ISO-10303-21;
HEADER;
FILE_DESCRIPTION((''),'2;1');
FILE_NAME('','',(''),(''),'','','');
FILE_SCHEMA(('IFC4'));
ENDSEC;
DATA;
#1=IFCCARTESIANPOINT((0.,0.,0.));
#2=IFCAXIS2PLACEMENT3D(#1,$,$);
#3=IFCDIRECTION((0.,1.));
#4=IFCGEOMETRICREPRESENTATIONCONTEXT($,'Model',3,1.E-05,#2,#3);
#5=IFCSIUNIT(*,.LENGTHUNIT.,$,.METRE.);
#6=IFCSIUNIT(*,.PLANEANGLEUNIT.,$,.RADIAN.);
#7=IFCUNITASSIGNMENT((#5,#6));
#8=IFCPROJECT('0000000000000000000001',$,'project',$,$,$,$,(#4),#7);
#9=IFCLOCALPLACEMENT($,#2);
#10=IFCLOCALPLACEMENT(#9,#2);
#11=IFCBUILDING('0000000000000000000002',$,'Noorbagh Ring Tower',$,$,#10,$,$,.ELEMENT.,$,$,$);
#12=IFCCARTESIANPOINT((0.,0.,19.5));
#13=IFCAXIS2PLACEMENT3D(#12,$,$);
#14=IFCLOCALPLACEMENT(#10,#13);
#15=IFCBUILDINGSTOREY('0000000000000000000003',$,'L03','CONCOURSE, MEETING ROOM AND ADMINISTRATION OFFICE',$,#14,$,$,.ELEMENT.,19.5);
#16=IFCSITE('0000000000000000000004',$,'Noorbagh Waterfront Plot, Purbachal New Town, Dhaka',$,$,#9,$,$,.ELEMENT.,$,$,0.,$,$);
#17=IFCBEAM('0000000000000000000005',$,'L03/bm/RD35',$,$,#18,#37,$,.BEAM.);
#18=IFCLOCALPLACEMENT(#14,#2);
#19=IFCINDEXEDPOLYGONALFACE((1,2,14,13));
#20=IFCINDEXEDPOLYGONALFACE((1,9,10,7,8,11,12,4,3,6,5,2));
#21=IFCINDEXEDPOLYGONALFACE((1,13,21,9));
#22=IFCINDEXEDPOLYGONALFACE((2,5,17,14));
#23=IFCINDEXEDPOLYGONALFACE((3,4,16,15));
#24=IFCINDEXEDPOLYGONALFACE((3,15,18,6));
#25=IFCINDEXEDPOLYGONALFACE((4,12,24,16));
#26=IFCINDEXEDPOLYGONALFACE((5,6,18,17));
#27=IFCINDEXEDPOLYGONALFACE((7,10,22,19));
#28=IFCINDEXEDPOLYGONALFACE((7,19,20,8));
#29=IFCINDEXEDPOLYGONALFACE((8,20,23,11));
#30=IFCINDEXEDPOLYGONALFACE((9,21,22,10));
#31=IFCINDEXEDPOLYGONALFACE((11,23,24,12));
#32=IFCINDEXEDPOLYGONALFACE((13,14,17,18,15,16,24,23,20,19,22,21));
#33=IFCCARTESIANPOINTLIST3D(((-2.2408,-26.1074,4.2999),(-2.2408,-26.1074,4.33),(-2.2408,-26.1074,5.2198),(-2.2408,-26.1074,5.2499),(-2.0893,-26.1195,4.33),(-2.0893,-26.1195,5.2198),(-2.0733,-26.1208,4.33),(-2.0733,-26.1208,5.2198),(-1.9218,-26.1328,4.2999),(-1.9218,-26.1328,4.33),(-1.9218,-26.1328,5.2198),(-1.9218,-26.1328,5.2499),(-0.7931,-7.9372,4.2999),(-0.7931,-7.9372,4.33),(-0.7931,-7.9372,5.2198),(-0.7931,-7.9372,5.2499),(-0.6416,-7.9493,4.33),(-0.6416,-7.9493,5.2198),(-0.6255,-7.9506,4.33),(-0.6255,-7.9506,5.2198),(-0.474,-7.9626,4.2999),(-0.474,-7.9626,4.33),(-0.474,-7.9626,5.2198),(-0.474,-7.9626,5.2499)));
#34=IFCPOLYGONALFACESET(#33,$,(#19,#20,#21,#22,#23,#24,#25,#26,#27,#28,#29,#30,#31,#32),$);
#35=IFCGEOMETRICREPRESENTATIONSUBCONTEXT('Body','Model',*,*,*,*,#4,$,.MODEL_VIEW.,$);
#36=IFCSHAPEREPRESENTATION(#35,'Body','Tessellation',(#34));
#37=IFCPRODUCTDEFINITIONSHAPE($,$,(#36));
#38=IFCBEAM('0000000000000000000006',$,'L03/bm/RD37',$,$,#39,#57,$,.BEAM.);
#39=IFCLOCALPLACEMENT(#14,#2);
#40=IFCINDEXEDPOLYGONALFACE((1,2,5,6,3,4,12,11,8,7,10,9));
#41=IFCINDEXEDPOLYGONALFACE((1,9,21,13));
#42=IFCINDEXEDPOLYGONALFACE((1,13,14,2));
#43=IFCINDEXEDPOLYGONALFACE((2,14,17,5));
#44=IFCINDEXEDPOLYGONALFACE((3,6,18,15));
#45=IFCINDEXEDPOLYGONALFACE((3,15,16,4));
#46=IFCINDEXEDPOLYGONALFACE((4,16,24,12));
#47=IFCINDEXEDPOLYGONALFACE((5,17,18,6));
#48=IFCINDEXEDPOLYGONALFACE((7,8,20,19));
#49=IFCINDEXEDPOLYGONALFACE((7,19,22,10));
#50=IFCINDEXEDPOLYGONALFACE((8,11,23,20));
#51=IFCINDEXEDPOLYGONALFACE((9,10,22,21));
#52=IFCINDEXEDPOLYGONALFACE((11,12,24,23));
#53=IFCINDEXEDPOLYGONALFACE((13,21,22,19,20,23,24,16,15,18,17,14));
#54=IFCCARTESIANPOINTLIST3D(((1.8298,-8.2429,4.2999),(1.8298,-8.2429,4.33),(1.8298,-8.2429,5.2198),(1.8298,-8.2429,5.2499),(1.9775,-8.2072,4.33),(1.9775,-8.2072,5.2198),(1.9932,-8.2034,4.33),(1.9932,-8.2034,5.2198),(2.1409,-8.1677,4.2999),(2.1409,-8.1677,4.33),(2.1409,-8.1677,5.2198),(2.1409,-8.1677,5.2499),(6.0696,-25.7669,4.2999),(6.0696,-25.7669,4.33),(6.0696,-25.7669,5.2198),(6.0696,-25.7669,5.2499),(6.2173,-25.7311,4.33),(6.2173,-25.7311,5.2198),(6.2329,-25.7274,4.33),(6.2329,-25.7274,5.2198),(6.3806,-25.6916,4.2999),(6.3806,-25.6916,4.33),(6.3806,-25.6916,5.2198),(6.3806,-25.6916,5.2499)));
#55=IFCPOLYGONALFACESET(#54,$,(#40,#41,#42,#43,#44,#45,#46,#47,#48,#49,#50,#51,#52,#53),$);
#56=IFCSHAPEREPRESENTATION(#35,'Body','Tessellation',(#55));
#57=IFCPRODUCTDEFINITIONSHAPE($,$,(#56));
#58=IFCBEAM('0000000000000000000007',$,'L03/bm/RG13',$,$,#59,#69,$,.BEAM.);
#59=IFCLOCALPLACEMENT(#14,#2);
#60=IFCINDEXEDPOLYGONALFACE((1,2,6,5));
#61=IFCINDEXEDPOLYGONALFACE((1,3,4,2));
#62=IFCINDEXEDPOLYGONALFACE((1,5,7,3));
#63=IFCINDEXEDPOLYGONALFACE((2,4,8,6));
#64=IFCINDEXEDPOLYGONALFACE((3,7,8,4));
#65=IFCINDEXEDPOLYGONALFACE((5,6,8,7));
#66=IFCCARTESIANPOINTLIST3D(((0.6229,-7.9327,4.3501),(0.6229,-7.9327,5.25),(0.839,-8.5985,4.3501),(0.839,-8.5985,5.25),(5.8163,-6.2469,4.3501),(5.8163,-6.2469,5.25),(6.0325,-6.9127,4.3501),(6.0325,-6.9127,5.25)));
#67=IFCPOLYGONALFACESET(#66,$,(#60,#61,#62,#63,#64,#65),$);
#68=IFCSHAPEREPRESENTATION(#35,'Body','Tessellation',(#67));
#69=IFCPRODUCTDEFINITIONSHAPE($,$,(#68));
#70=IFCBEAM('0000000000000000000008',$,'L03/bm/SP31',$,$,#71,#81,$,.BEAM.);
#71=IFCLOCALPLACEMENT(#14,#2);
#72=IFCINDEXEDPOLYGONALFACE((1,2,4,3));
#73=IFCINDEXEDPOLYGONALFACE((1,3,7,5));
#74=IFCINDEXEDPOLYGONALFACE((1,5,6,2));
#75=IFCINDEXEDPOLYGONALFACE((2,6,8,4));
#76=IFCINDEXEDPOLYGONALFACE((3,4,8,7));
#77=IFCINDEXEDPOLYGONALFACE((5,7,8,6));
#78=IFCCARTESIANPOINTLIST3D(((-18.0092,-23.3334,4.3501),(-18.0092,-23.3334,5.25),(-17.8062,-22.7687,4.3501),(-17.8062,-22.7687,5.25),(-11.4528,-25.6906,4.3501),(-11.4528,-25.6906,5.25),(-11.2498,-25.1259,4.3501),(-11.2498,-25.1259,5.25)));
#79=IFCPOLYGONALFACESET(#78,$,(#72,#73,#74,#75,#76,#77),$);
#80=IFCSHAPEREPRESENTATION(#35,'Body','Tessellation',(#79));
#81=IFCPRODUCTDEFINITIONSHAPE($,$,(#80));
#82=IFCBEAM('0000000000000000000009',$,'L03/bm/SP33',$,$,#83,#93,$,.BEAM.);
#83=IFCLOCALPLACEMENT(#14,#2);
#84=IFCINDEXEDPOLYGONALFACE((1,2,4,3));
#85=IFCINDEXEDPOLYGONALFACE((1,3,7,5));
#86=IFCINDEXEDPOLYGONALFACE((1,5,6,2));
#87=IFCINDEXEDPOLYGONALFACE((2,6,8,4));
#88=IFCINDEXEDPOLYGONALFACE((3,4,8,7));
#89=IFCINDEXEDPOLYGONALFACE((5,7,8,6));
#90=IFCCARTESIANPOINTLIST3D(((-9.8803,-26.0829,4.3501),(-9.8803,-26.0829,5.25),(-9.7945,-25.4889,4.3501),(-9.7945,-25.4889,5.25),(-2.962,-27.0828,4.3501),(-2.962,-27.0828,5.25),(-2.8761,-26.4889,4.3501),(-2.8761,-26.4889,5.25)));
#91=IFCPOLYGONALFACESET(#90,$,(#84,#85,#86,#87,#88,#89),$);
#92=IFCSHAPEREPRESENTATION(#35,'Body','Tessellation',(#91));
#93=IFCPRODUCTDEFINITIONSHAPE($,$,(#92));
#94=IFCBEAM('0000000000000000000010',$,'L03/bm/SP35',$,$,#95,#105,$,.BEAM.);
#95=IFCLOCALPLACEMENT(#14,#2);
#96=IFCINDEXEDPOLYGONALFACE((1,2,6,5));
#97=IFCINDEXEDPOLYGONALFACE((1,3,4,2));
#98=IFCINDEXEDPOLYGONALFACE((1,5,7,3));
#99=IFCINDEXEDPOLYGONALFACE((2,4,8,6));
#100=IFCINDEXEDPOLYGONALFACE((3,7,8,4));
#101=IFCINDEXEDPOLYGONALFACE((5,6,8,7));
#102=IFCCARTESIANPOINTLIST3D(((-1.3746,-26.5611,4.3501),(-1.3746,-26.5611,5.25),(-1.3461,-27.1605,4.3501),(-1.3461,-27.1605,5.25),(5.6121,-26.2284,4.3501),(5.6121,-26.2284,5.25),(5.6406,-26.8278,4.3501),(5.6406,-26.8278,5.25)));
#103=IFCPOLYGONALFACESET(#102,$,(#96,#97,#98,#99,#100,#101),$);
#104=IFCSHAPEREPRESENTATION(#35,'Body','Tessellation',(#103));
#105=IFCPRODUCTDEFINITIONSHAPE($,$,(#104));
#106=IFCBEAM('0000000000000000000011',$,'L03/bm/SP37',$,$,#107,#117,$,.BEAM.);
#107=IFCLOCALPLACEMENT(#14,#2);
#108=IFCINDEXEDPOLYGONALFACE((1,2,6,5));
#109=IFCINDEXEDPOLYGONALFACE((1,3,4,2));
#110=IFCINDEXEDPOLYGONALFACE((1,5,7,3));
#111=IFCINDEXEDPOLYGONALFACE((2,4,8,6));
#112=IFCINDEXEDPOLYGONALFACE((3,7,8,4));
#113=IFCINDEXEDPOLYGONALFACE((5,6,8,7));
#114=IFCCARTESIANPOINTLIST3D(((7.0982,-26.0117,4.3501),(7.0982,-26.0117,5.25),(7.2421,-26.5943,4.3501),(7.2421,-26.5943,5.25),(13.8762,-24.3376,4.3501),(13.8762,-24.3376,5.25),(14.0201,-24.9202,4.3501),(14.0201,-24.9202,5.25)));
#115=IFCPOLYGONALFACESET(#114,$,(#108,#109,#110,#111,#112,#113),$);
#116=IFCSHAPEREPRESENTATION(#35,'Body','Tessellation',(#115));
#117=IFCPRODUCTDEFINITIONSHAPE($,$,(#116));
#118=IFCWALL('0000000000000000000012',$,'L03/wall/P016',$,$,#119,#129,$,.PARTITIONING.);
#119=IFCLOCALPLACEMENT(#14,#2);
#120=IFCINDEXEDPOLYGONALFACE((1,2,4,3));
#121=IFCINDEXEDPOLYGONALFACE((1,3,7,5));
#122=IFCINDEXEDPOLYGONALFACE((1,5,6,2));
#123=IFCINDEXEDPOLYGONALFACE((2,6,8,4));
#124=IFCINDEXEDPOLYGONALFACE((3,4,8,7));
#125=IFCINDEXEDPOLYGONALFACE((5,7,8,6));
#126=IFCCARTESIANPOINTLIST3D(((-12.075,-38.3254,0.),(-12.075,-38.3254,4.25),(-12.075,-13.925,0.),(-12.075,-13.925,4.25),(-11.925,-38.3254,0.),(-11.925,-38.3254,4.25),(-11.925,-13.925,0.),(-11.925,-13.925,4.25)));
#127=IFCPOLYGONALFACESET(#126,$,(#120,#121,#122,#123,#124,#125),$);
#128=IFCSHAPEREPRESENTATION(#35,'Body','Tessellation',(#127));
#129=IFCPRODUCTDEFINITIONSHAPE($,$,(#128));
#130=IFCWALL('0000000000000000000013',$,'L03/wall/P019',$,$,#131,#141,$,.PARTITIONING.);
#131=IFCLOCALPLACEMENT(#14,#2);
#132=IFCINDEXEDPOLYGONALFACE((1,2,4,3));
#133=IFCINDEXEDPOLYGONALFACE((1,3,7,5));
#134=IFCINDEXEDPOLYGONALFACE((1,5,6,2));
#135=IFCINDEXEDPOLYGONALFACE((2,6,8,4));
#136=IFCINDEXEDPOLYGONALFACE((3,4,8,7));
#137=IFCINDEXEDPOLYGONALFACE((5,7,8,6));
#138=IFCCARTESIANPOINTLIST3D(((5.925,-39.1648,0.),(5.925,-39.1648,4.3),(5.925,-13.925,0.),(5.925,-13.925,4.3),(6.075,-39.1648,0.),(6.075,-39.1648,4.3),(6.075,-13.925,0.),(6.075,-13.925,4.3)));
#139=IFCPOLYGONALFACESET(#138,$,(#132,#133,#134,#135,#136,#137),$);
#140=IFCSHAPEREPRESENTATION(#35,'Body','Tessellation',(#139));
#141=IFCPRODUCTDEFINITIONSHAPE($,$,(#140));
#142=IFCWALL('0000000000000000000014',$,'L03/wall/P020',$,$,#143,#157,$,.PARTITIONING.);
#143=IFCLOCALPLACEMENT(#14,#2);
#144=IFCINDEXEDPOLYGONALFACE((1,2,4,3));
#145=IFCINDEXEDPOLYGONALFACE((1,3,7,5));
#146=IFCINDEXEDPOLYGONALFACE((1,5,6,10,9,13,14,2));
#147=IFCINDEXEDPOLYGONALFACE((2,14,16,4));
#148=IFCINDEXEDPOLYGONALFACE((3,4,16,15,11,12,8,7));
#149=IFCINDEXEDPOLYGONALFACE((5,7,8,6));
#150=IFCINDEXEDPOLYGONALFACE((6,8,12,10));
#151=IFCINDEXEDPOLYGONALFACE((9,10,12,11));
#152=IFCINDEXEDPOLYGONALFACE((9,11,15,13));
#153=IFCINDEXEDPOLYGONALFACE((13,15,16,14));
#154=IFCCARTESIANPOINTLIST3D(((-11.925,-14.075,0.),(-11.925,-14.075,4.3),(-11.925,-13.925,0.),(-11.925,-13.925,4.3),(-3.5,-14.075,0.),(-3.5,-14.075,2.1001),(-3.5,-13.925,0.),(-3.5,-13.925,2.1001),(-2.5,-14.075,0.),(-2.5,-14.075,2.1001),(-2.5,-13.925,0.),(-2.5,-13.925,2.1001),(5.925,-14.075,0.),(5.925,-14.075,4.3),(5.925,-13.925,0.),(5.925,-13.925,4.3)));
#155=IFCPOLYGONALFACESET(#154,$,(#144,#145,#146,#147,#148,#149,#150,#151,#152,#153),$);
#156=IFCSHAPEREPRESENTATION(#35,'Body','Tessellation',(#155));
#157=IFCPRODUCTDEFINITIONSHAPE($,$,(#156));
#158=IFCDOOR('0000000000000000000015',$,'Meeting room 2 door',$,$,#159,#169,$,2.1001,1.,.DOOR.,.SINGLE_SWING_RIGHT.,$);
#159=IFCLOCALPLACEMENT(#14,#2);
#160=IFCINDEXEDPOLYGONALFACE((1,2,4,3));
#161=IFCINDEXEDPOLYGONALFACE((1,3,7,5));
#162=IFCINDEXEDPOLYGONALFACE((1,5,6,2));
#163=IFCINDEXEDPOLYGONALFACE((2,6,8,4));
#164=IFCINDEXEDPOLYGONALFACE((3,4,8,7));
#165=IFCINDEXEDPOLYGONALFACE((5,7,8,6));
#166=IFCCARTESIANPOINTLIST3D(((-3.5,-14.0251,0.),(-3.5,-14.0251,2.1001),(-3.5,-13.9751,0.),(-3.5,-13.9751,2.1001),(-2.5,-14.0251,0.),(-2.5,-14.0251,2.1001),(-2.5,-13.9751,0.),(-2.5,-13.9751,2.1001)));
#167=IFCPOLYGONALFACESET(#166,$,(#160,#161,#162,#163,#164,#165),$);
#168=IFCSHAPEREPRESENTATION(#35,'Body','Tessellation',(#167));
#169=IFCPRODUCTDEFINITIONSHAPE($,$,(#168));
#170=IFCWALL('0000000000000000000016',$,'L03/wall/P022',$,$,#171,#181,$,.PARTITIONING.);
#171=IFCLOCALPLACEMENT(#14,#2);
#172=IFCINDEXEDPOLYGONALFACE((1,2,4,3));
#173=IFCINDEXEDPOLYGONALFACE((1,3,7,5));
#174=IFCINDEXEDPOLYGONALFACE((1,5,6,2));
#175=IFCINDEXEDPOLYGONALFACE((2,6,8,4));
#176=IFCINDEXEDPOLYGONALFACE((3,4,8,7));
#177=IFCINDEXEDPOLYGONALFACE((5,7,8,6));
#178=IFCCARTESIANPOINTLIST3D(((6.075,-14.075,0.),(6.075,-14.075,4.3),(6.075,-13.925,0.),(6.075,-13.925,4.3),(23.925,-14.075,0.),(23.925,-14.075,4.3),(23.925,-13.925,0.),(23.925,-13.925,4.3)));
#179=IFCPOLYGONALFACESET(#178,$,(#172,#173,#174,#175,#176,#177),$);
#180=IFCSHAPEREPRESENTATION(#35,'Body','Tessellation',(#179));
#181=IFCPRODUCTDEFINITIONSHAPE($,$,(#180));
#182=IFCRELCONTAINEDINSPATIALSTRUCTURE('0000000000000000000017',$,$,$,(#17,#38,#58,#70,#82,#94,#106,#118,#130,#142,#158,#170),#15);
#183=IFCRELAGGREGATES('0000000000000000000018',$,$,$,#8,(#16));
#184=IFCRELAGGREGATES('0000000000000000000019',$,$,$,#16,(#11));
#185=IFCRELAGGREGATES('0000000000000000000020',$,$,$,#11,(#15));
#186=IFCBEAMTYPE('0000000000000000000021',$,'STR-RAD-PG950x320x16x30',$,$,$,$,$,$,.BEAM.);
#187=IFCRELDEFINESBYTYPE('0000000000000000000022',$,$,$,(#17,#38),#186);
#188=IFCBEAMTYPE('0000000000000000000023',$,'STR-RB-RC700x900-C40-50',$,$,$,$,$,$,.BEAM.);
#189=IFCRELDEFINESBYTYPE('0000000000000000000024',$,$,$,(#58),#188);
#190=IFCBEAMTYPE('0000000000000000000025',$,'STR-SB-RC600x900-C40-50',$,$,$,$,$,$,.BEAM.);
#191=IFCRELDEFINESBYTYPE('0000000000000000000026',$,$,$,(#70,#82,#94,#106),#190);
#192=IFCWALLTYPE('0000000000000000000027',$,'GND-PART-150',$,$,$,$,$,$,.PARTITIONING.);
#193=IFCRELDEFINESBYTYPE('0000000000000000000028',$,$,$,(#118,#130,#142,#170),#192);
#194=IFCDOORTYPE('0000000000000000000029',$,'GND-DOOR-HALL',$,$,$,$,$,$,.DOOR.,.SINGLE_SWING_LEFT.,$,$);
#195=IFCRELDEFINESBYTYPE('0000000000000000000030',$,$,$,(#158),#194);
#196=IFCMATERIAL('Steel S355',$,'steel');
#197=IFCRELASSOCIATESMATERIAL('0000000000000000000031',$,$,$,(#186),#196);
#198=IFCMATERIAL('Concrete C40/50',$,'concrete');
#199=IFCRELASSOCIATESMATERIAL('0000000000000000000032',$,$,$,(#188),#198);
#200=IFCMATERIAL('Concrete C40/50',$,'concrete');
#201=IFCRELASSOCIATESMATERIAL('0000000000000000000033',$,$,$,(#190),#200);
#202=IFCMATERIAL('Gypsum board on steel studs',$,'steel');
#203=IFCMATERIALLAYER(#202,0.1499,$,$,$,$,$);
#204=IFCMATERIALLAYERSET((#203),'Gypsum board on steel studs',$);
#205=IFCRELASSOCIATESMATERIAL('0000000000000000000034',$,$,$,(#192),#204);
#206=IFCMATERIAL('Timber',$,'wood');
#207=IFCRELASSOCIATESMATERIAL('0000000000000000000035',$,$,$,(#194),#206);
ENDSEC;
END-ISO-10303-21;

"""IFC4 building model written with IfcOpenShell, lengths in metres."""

from ifc_helpers import new_model, si_unit, direction, frame, frame_2d, origin, origin_2d, place, context, subcontext, project, spatial, rectangle, i_section, extrude, material, layer, layer_set, material_profile, profile_set, type_object, element, fill, save


model = new_model("IFC4")

# Units and contexts
model_context = context("Model", 3, precision=1e-05, world=origin(), true_north=direction((0.0, 1.0)))
body_context = subcontext(model_context, "Body", "Model", "MODEL_VIEW")
ifc_project = project(units=[si_unit("LENGTHUNIT", "METRE"), si_unit("PLANEANGLEUNIT", "RADIAN")], contexts=[model_context])

# Site, building, storey
site_placement = place(None, origin())
site = spatial("IfcSite", under=ifc_project, at=site_placement, Name="Noorbagh Waterfront Plot, Purbachal New Town, Dhaka", CompositionType="ELEMENT", RefElevation=0.0)
building_placement = place(site_placement, origin())
building = spatial("IfcBuilding", under=site, at=building_placement, Name="Noorbagh Ring Tower", CompositionType="ELEMENT")
storey_placement = place(building_placement, frame((0.0, 0.0, 19.5)))
storey = spatial("IfcBuildingStorey", under=building, at=storey_placement, Name="L03", Description="CONCOURSE, MEETING ROOM AND ADMINISTRATION OFFICE", CompositionType="ELEMENT", Elevation=19.5)

# Beams
ifc_material_1 = material(Name="Steel S355", Category="steel")
ifc_material_profile_1 = material_profile(ifc_material_1, i_section(OverallWidth=0.3201, OverallDepth=0.95, WebThickness=0.0161, FlangeThickness=0.03, at=origin_2d()), Name="PG950x320x16x30")
ifc_profile_set_1 = profile_set([ifc_material_profile_1], Name="Steel S355")
beam_type_1 = type_object("IfcBeamType", Name="STR-RAD-PG950x320x16x30", PredefinedType="BEAM", material=ifc_profile_set_1)
beam_1_placement = place(storey_placement, frame((-2.0813, -26.1201, 4.7749), z_axis=(0.079426, 0.996841, 0.0), x_axis=(-0.996841, 0.079426, 0.0)))
element("IfcBeam", 1, at=beam_1_placement, inside=storey, type_object=beam_type_1, Name="L03/bm/RD35", PredefinedType="BEAM", context=body_context, shape_type="SweptSolid", body=[
    extrude(i_section(OverallWidth=0.3201, OverallDepth=0.95, WebThickness=0.0161, FlangeThickness=0.03, at=origin_2d()), origin(), (0.0, 0.0, 1.0), 18.2278),
])
beam_2_placement = place(storey_placement, frame((6.2251, -25.7292, 4.7749), z_axis=(-0.235156, 0.971958, 0.0), x_axis=(-0.971958, -0.235156, 0.0)))
element("IfcBeam", 2, at=beam_2_placement, inside=storey, type_object=beam_type_1, Name="L03/bm/RD37", PredefinedType="BEAM", context=body_context, shape_type="SweptSolid", body=[
    extrude(i_section(OverallWidth=0.3201, OverallDepth=0.95, WebThickness=0.0161, FlangeThickness=0.03, at=origin_2d()), origin(), (0.0, 0.0, 1.0), 18.0295),
])
ifc_material_2 = material(Name="Concrete C40/50", Category="concrete")
ifc_material_profile_2 = material_profile(ifc_material_2, rectangle(XDim=0.7, YDim=0.8999, at=origin_2d()), Name="RC700x900")
ifc_profile_set_2 = profile_set([ifc_material_profile_2], Name="Concrete C40/50")
beam_type_2 = type_object("IfcBeamType", Name="STR-RB-RC700x900-C40-50", PredefinedType="BEAM", material=ifc_profile_set_2)
beam_3_placement = place(storey_placement, frame((0.731, -8.2656, 4.8), z_axis=(0.951144, 0.308746, 0.0), x_axis=(-0.308746, 0.951144, 0.0)))
element("IfcBeam", 3, at=beam_3_placement, inside=storey, type_object=beam_type_2, Name="L03/bm/RG13", PredefinedType="BEAM", context=body_context, shape_type="SweptSolid", body=[
    extrude(rectangle(XDim=0.7, YDim=0.8999, at=origin_2d()), origin(), (0.0, 0.0, 1.0), 5.4602),
])
ifc_material_3 = material(Name="Concrete C40/50", Category="concrete")
ifc_material_profile_3 = material_profile(ifc_material_3, rectangle(XDim=0.6001, YDim=0.8999, at=origin_2d()), Name="RC600x900")
ifc_profile_set_3 = profile_set([ifc_material_profile_3], Name="Concrete C40/50")
beam_type_3 = type_object("IfcBeamType", Name="STR-SB-RC600x900-C40-50", PredefinedType="BEAM", material=ifc_profile_set_3)
beam_4_placement = place(storey_placement, frame((-17.9077, -23.051, 4.8), z_axis=(0.94103, -0.338322, 0.0), x_axis=(0.338322, 0.94103, 0.0)))
element("IfcBeam", 4, at=beam_4_placement, inside=storey, type_object=beam_type_3, Name="L03/bm/SP31", PredefinedType="BEAM", context=body_context, shape_type="SweptSolid", body=[
    extrude(rectangle(XDim=0.6001, YDim=0.8999, at=origin_2d()), origin(), (0.0, 0.0, 1.0), 6.9673),
])
beam_5_placement = place(storey_placement, frame((-9.8374, -25.7859, 4.8), z_axis=(0.989715, -0.143054, 0.0), x_axis=(0.143054, 0.989715, 0.0)))
element("IfcBeam", 5, at=beam_5_placement, inside=storey, type_object=beam_type_3, Name="L03/bm/SP33", PredefinedType="BEAM", context=body_context, shape_type="SweptSolid", body=[
    extrude(rectangle(XDim=0.6001, YDim=0.8999, at=origin_2d()), origin(), (0.0, 0.0, 1.0), 6.9902),
])
beam_6_placement = place(storey_placement, frame((-1.3604, -26.8608, 4.8), z_axis=(0.998868, 0.047573, 0.0), x_axis=(-0.047573, 0.998868, 0.0)))
element("IfcBeam", 6, at=beam_6_placement, inside=storey, type_object=beam_type_3, Name="L03/bm/SP35", PredefinedType="BEAM", context=body_context, shape_type="SweptSolid", body=[
    extrude(rectangle(XDim=0.6001, YDim=0.8999, at=origin_2d()), origin(), (0.0, 0.0, 1.0), 6.9946),
])
beam_7_placement = place(storey_placement, frame((7.1702, -26.303, 4.8), z_axis=(0.970828, 0.239778, 0.0), x_axis=(-0.239778, 0.970828, 0.0)))
element("IfcBeam", 7, at=beam_7_placement, inside=storey, type_object=beam_type_3, Name="L03/bm/SP37", PredefinedType="BEAM", context=body_context, shape_type="SweptSolid", body=[
    extrude(rectangle(XDim=0.6001, YDim=0.8999, at=origin_2d()), origin(), (0.0, 0.0, 1.0), 6.9817),
])

# Walls
ifc_material_4 = material(Name="Gypsum board on steel studs", Category="steel")
ifc_layer = layer(ifc_material_4, 0.1499)
ifc_layer_set = layer_set([ifc_layer], Name="Gypsum board on steel studs")
wall_type = type_object("IfcWallType", Name="GND-PART-150", PredefinedType="PARTITIONING", material=ifc_layer_set)
wall_1_placement = place(storey_placement, frame((-12.0, -13.925, 0.0), z_axis=(0.0, 0.0, 1.0), x_axis=(0.0, -1.0, 0.0)))
element("IfcWall", 8, at=wall_1_placement, inside=storey, type_object=wall_type, Name="L03/wall/P016", PredefinedType="PARTITIONING", context=body_context, shape_type="SweptSolid", body=[
    extrude(rectangle(XDim=24.4004, YDim=0.1499, at=frame_2d((12.2002, 0.0))), origin(), (0.0, 0.0, 1.0), 4.25),
])
wall_2_placement = place(storey_placement, frame((6.0, -13.925, 0.0), z_axis=(0.0, 0.0, 1.0), x_axis=(0.0, -1.0, 0.0)))
element("IfcWall", 9, at=wall_2_placement, inside=storey, type_object=wall_type, Name="L03/wall/P019", PredefinedType="PARTITIONING", context=body_context, shape_type="SweptSolid", body=[
    extrude(rectangle(XDim=25.2397, YDim=0.1499, at=frame_2d((12.6199, 0.0))), origin(), (0.0, 0.0, 1.0), 4.3),
])

# Wall, opening, door
wall_3_placement = place(storey_placement, frame((-11.925, -14.0, 0.0), z_axis=(0.0, 0.0, 1.0), x_axis=(1.0, 0.0, 0.0)))
wall_3 = element("IfcWall", 10, at=wall_3_placement, inside=storey, type_object=wall_type, Name="L03/wall/P020", PredefinedType="PARTITIONING", context=body_context, shape_type="SweptSolid", body=[
    extrude(rectangle(XDim=17.8501, YDim=0.1499, at=frame_2d((8.925, 0.0))), origin(), (0.0, 0.0, 1.0), 4.3),
])
opening_placement = place(wall_3_placement, frame((8.425, 0.0, 0.0)))
opening = element("IfcOpeningElement", 11, at=opening_placement, cuts=wall_3, PredefinedType="OPENING", context=body_context, shape_type="SweptSolid", body=[
    extrude(rectangle(XDim=1.0, YDim=2.1001, at=frame_2d((0.5, 1.05))), frame((0.0, 0.085, 0.0), z_axis=(0.0, -1.0, 0.0), x_axis=(1.0, 0.0, 0.0)), (0.0, 0.0, 1.0), 0.1699),
])
ifc_material_5 = material(Name="Timber", Category="wood")
door_type = type_object("IfcDoorType", Name="GND-DOOR-HALL", OperationType="SINGLE_SWING_LEFT", PredefinedType="DOOR", material=ifc_material_5)
door_placement = place(opening_placement, origin())
door = element("IfcDoor", 12, at=door_placement, inside=storey, type_object=door_type, Name="Meeting room 2 door", OperationType="SINGLE_SWING_RIGHT", OverallHeight=2.1001, OverallWidth=1.0, PredefinedType="DOOR", context=body_context, shape_type="SweptSolid", body=[
    extrude(rectangle(XDim=1.0, YDim=2.1001, at=frame_2d((0.5, 1.05))), frame((0.0, 0.0249, 0.0), z_axis=(0.0, -1.0, 0.0), x_axis=(1.0, 0.0, 0.0)), (0.0, 0.0, 1.0), 0.05),
])
fill(opening, door)

# Wall
wall_4_placement = place(storey_placement, frame((6.075, -14.0, 0.0), z_axis=(0.0, 0.0, 1.0), x_axis=(1.0, 0.0, 0.0)))
element("IfcWall", 13, at=wall_4_placement, inside=storey, type_object=wall_type, Name="L03/wall/P022", PredefinedType="PARTITIONING", context=body_context, shape_type="SweptSolid", body=[
    extrude(rectangle(XDim=17.8501, YDim=0.1499, at=frame_2d((8.925, 0.0))), origin(), (0.0, 0.0, 1.0), 4.3),
])

save(model, "model.ifc")
